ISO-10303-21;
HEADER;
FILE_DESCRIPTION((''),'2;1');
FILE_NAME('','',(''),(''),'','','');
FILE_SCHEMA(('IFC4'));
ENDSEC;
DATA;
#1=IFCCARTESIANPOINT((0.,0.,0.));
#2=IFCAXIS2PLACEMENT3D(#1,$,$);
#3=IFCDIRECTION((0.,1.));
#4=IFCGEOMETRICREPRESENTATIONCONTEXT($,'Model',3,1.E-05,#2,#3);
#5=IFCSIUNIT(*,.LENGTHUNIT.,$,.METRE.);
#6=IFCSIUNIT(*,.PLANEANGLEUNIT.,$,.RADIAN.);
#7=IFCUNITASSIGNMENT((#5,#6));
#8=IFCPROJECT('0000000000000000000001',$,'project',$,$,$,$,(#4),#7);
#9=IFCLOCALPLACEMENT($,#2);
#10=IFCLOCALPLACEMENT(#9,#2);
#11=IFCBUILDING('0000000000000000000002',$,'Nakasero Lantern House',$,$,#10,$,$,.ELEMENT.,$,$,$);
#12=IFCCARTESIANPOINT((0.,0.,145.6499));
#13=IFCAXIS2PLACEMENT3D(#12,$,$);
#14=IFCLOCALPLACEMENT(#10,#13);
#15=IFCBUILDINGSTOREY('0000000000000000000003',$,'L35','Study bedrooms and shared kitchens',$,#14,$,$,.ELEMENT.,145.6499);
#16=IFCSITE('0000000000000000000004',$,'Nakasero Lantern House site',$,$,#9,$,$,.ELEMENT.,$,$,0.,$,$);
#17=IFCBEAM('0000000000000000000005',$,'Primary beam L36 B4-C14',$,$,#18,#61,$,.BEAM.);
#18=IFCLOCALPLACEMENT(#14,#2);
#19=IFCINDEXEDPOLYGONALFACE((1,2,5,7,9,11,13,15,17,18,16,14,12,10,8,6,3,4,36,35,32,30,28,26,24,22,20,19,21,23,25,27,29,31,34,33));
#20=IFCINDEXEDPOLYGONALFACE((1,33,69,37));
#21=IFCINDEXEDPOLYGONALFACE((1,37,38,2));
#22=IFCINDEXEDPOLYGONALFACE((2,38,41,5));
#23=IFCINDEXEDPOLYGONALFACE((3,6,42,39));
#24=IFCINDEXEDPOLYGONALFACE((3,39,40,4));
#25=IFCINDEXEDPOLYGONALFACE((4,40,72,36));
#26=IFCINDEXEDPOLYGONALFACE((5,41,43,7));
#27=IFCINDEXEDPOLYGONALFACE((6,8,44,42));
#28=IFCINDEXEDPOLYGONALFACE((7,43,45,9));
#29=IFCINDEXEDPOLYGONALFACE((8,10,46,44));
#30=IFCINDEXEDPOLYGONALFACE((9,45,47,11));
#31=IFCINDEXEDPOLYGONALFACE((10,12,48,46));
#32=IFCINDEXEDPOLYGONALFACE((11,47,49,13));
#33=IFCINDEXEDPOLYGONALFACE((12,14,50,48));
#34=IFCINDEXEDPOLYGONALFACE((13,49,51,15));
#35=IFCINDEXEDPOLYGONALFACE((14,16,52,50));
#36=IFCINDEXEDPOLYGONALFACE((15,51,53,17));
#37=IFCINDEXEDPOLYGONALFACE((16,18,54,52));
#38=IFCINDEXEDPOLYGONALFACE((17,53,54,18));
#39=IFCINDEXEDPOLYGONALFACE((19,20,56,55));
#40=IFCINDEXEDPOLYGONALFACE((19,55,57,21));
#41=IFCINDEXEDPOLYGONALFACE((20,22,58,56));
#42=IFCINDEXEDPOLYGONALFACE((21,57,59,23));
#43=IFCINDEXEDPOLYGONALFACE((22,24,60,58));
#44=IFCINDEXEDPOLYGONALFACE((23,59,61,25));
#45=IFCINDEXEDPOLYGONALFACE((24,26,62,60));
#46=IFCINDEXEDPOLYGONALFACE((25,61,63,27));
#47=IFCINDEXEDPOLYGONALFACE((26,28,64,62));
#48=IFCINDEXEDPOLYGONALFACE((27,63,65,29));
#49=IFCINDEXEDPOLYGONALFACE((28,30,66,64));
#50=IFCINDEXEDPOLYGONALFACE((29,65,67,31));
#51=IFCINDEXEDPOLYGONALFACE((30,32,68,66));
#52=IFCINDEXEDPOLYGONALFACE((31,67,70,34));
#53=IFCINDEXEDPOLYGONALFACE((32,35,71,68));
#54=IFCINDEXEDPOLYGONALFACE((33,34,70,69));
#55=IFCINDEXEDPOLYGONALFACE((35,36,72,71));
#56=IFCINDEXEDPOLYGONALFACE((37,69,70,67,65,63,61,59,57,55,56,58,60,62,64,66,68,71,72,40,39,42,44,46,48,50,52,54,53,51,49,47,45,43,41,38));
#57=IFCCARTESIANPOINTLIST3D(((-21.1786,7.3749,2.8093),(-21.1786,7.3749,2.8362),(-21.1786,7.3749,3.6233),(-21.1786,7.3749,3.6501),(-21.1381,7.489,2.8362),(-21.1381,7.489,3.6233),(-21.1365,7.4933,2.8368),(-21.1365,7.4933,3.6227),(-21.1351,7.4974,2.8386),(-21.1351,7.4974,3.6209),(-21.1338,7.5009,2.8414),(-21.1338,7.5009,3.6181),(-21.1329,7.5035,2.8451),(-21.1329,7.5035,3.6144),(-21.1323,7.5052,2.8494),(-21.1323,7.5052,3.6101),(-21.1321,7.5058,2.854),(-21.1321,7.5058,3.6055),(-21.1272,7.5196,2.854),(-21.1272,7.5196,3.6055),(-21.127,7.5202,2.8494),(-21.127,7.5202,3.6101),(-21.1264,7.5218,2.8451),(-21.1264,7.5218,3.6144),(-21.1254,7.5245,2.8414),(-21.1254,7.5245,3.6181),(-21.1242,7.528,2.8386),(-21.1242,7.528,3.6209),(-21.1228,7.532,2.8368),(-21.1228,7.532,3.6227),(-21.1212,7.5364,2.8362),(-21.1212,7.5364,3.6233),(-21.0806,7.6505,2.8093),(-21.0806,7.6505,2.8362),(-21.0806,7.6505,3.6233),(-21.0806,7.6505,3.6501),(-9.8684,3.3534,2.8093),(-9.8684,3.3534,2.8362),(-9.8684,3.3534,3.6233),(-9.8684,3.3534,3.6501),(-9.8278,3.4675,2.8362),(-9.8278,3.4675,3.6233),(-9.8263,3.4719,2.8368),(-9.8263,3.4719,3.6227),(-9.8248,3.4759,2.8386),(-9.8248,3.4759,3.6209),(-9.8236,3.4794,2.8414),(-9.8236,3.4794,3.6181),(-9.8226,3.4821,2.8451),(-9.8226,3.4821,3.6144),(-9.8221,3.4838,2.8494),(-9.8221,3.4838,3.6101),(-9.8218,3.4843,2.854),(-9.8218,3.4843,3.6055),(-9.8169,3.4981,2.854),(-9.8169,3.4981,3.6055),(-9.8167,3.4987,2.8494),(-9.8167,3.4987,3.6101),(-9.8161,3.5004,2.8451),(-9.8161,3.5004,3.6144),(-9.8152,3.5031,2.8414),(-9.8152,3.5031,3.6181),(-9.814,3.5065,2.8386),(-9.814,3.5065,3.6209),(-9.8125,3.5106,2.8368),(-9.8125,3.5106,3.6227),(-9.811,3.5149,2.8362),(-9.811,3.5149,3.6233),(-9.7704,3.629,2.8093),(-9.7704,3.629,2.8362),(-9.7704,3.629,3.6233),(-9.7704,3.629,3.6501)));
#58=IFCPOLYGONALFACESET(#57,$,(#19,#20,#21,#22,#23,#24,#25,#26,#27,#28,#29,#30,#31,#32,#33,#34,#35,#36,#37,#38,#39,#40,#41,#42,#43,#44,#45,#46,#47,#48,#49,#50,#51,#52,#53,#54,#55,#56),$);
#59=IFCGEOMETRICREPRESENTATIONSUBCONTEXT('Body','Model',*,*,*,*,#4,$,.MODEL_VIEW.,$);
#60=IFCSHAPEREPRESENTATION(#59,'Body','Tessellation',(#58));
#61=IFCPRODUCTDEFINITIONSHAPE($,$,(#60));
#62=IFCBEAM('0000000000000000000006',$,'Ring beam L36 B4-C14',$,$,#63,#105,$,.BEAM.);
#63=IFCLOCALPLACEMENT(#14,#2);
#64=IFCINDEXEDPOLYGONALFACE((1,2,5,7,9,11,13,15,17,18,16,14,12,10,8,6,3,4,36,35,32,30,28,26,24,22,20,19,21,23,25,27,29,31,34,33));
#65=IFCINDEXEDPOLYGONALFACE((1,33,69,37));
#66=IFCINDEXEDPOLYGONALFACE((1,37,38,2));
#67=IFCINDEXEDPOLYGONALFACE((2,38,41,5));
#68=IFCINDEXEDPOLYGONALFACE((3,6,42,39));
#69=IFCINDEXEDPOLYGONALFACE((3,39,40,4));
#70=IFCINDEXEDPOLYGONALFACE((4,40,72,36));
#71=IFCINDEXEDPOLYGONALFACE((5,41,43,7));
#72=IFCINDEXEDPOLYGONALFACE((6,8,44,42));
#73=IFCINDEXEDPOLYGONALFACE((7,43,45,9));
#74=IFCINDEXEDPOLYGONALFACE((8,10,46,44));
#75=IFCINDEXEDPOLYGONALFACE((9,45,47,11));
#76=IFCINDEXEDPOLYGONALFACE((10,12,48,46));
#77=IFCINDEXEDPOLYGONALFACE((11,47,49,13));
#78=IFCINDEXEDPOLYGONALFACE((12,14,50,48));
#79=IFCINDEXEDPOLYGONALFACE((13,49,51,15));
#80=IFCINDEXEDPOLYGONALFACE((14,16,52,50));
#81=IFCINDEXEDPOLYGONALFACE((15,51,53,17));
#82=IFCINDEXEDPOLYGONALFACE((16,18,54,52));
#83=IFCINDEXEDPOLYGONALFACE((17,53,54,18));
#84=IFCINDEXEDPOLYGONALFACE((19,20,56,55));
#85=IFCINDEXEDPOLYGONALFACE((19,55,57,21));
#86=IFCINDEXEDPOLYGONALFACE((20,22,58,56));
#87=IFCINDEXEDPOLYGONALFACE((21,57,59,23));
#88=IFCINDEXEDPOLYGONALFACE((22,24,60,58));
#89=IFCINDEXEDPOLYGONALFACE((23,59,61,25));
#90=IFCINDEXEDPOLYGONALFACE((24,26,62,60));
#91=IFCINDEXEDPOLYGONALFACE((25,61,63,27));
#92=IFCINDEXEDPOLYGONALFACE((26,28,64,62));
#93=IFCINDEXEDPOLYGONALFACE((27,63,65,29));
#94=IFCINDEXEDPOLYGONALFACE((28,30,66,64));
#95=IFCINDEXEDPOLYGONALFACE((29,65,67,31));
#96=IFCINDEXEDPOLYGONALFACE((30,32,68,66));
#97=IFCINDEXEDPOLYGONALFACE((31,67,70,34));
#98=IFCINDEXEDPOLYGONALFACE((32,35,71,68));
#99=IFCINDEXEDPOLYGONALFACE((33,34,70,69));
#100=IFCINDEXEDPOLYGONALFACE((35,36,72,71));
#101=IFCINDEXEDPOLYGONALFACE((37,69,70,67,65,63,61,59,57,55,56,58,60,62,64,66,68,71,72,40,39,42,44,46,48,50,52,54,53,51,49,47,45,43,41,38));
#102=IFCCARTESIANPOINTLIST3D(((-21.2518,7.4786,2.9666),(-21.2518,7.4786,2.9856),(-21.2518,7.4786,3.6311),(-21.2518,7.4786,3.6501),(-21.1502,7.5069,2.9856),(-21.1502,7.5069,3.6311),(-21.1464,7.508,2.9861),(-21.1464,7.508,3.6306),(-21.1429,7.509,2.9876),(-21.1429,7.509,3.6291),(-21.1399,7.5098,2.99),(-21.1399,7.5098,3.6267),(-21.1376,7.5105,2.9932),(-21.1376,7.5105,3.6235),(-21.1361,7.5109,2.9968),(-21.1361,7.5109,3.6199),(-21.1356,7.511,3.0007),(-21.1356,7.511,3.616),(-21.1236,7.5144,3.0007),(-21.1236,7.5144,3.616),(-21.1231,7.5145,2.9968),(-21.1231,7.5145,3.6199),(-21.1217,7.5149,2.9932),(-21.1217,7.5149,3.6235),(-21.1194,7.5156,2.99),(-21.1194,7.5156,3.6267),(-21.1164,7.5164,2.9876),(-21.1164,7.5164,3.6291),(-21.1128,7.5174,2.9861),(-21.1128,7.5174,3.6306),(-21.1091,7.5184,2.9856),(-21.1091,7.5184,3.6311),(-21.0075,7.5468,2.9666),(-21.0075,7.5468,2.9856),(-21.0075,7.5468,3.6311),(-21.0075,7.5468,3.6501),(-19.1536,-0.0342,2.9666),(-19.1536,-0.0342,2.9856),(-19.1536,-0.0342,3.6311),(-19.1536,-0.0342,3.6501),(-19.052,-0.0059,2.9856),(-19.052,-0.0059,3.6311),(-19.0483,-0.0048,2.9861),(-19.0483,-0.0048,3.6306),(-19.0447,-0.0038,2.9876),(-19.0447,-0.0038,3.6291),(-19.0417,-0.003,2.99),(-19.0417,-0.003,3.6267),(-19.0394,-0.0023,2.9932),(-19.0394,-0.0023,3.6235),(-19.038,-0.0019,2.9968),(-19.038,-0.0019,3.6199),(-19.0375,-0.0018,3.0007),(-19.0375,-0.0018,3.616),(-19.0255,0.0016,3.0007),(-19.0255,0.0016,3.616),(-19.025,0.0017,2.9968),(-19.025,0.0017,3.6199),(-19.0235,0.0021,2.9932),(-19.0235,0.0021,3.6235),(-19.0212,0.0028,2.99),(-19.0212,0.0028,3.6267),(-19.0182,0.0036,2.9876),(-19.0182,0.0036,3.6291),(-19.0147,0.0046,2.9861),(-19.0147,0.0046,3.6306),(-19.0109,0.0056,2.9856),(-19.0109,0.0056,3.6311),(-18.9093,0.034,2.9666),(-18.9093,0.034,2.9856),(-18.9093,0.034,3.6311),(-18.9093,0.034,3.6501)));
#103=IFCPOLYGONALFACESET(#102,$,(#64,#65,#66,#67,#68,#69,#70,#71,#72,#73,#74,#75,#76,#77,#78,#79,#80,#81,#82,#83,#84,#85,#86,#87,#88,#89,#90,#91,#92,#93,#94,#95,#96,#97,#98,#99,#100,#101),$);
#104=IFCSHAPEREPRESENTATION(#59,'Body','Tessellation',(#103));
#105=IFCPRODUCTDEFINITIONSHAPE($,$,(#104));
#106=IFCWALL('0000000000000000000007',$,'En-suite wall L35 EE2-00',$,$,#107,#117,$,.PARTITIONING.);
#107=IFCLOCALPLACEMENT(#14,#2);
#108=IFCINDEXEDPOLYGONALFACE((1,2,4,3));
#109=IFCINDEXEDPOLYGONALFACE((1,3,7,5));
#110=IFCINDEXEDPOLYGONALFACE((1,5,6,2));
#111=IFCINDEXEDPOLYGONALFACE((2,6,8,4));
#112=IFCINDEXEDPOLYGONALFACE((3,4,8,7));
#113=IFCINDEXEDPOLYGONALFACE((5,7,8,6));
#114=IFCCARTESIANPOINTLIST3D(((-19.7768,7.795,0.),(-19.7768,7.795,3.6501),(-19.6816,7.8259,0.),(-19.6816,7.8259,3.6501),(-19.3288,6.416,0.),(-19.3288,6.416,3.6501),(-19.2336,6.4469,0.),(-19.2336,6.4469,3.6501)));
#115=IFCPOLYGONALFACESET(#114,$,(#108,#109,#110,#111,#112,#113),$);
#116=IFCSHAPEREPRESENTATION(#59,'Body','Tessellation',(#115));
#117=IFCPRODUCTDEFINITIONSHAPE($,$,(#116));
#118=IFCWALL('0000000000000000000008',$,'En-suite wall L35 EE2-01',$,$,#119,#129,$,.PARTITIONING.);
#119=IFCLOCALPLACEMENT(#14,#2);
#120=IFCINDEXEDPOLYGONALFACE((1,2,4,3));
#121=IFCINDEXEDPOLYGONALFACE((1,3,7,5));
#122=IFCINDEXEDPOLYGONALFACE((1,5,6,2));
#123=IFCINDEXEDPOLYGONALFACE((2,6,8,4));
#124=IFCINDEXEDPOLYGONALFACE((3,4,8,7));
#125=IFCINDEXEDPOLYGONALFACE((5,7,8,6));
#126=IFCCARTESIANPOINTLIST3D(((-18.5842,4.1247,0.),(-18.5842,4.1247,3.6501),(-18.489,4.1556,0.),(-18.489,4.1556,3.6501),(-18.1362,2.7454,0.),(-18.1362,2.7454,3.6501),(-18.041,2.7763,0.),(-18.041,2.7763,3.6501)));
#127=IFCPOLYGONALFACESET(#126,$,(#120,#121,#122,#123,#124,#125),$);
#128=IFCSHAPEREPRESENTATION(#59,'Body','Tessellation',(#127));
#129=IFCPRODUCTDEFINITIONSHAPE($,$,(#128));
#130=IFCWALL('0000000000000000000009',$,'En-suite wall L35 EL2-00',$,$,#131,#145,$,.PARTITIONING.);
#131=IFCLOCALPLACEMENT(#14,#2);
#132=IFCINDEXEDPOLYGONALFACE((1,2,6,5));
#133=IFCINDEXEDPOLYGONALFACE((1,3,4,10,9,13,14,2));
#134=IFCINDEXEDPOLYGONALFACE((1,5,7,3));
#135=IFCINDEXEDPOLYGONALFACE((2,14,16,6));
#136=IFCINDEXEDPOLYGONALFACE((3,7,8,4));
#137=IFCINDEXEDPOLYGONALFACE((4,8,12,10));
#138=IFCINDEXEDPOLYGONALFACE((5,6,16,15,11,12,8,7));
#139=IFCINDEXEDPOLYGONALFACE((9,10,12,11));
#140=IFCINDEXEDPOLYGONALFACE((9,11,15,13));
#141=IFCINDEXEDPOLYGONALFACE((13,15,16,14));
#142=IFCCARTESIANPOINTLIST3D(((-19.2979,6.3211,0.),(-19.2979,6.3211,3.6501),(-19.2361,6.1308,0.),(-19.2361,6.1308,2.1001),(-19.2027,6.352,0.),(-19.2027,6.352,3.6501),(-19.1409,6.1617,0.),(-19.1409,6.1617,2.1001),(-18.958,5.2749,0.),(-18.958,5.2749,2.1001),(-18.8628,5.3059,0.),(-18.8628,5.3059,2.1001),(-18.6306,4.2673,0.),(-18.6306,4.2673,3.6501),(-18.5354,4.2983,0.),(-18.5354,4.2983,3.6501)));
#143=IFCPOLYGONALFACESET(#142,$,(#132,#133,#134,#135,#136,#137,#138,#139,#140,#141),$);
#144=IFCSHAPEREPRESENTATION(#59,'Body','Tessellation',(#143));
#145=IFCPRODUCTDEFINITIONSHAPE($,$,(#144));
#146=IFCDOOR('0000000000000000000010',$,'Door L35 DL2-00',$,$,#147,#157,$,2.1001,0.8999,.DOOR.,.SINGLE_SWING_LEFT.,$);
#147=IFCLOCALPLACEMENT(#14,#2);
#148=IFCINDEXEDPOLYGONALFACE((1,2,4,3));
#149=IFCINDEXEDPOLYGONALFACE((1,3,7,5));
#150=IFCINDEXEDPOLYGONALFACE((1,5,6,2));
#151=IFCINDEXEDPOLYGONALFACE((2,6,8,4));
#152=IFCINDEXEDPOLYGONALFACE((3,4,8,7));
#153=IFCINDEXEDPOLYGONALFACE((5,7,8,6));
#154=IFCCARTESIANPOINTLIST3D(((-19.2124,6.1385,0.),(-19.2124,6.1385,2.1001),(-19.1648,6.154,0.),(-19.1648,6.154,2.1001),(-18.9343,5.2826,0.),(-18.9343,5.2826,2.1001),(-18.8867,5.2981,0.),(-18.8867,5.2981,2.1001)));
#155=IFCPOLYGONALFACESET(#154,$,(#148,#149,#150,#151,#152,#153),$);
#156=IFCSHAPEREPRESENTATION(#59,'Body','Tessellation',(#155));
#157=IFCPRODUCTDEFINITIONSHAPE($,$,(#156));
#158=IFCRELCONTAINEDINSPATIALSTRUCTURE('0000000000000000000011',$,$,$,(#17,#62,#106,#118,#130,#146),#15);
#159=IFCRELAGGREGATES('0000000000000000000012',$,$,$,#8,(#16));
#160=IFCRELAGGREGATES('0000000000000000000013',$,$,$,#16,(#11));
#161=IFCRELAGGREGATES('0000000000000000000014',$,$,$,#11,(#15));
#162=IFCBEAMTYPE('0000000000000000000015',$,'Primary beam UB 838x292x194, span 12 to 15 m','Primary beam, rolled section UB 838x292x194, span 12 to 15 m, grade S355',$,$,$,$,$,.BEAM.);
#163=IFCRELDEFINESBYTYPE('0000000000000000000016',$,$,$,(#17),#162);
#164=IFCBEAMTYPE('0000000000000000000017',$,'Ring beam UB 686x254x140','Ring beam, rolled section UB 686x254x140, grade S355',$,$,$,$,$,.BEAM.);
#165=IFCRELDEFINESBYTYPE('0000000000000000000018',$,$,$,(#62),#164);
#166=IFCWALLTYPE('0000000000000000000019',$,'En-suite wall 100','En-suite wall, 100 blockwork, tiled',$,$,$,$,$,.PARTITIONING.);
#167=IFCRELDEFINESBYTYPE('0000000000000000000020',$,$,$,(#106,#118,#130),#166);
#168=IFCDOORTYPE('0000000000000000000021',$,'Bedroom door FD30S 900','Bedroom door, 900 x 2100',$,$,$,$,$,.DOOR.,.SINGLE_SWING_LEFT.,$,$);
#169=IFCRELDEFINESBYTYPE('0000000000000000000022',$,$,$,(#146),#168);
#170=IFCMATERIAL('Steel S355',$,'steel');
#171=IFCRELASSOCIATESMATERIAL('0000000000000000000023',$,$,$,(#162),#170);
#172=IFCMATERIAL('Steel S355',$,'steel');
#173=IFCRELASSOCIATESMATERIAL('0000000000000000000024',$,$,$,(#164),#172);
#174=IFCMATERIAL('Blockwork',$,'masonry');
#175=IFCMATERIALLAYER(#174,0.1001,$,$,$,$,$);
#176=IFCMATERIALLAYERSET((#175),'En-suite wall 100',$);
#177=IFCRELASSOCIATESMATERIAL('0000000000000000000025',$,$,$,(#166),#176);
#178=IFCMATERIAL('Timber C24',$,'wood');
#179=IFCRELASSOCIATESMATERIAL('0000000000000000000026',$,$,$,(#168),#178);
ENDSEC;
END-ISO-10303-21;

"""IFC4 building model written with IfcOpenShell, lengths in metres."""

from ifc_helpers import new_model, si_unit, direction, frame, frame_2d, origin, origin_2d, place, context, subcontext, project, spatial, rectangle, i_section, extrude, material, layer, layer_set, material_profile, profile_set, type_object, element, fill, save


model = new_model("IFC4")

# Units and contexts
model_context = context("Model", 3, precision=1e-05, world=origin(), true_north=direction((0.0, 1.0)))
body_context = subcontext(model_context, "Body", "Model", "MODEL_VIEW")
ifc_project = project(units=[si_unit("LENGTHUNIT", "METRE"), si_unit("PLANEANGLEUNIT", "RADIAN")], contexts=[model_context])

# Site, building, storey
site_placement = place(None, origin())
site = spatial("IfcSite", under=ifc_project, at=site_placement, Name="Nakasero Lantern House site", CompositionType="ELEMENT", RefElevation=0.0)
building_placement = place(site_placement, origin())
building = spatial("IfcBuilding", under=site, at=building_placement, Name="Nakasero Lantern House", CompositionType="ELEMENT")
storey_placement = place(building_placement, frame((0.0, 0.0, 145.6499)))
storey = spatial("IfcBuildingStorey", under=building, at=storey_placement, Name="L35", Description="Study bedrooms and shared kitchens", CompositionType="ELEMENT", Elevation=145.6499)

# Beams
ifc_material_1 = material(Name="Steel S355", Category="steel")
ifc_material_profile_1 = material_profile(ifc_material_1, i_section(OverallWidth=0.2925, OverallDepth=0.8408, WebThickness=0.0146, FlangeThickness=0.0269, FilletRadius=0.0178, at=origin_2d()), Name="UB 838x292x194")
ifc_profile_set_1 = profile_set([ifc_material_profile_1], Name="Steel S355")
beam_type_1 = type_object("IfcBeamType", Name="Primary beam UB 838x292x194, span 12 to 15 m", Description="Primary beam, rolled section UB 838x292x194, span 12 to 15 m, grade S355", PredefinedType="BEAM", material=ifc_profile_set_1)
beam_1_placement = place(storey_placement, frame((-21.1296, 7.5127, 3.2297), z_axis=(0.942214, -0.335013, 0.0), x_axis=(0.335013, 0.942214, 0.0)))
element("IfcBeam", 1, at=beam_1_placement, inside=storey, type_object=beam_type_1, Name="Primary beam L36 B4-C14", PredefinedType="BEAM", context=body_context, shape_type="SweptSolid", body=[
    extrude(i_section(OverallWidth=0.2925, OverallDepth=0.8408, WebThickness=0.0146, FlangeThickness=0.0269, FilletRadius=0.0178, at=origin_2d()), origin(), (0.0, 0.0, 1.0), 12.0039),
])
ifc_material_2 = material(Name="Steel S355", Category="steel")
ifc_material_profile_2 = material_profile(ifc_material_2, i_section(OverallWidth=0.2537, OverallDepth=0.6836, WebThickness=0.0125, FlangeThickness=0.019, FilletRadius=0.0151, at=origin_2d()), Name="UB 686x254x140")
ifc_profile_set_2 = profile_set([ifc_material_profile_2], Name="Steel S355")
beam_type_2 = type_object("IfcBeamType", Name="Ring beam UB 686x254x140", Description="Ring beam, rolled section UB 686x254x140, grade S355", PredefinedType="BEAM", material=ifc_profile_set_2)
beam_2_placement = place(storey_placement, frame((-21.1296, 7.5127, 3.3083), z_axis=(0.268987, -0.963144, 0.0), x_axis=(0.963144, 0.268987, 0.0)))
element("IfcBeam", 2, at=beam_2_placement, inside=storey, type_object=beam_type_2, Name="Ring beam L36 B4-C14", PredefinedType="BEAM", context=body_context, shape_type="SweptSolid", body=[
    extrude(i_section(OverallWidth=0.2537, OverallDepth=0.6836, WebThickness=0.0125, FlangeThickness=0.019, FilletRadius=0.0151, at=origin_2d()), origin(), (0.0, 0.0, 1.0), 7.8003),
])

# Walls
ifc_material_3 = material(Name="Blockwork", Category="masonry")
ifc_layer_1 = layer(ifc_material_3, 0.1001)
ifc_layer_set_1 = layer_set([ifc_layer_1], Name="En-suite wall 100")
wall_type_1 = type_object("IfcWallType", Name="En-suite wall 100", Description="En-suite wall, 100 blockwork, tiled", PredefinedType="PARTITIONING", material=ifc_layer_set_1)
wall_1_placement = place(storey_placement, frame((-19.7292, 7.8105, 0.0), z_axis=(0.0, 0.0, 1.0), x_axis=(0.308995, -0.951064, 0.0)))
element("IfcWall", 3, at=wall_1_placement, inside=storey, type_object=wall_type_1, Name="En-suite wall L35 EE2-00", PredefinedType="PARTITIONING", context=body_context, shape_type="SweptSolid", body=[
    extrude(rectangle(XDim=1.45, YDim=0.1001, at=frame_2d((0.7251, 0.0))), origin(), (0.0, 0.0, 1.0), 3.6501),
])
wall_2_placement = place(storey_placement, frame((-18.5366, 4.1401, 0.0), z_axis=(0.0, 0.0, 1.0), x_axis=(0.308945, -0.95108, 0.0)))
element("IfcWall", 4, at=wall_2_placement, inside=storey, type_object=wall_type_1, Name="En-suite wall L35 EE2-01", PredefinedType="PARTITIONING", context=body_context, shape_type="SweptSolid", body=[
    extrude(rectangle(XDim=1.4502, YDim=0.1001, at=frame_2d((0.7251, 0.0))), origin(), (0.0, 0.0, 1.0), 3.6501),
])

# Wall, opening, door
wall_3_placement = place(storey_placement, frame((-19.2502, 6.3364, 0.0), z_axis=(0.0, 0.0, 1.0), x_axis=(0.308994, -0.951064, 0.0)))
wall_3 = element("IfcWall", 5, at=wall_3_placement, inside=storey, type_object=wall_type_1, Name="En-suite wall L35 EL2-00", PredefinedType="PARTITIONING", context=body_context, shape_type="SweptSolid", body=[
    extrude(rectangle(XDim=2.1594, YDim=0.1001, at=frame_2d((1.0796, 0.0))), origin(), (0.0, 0.0, 1.0), 3.6501),
])
opening_1_placement = place(wall_3_placement, frame((0.2, 0.0, 0.0)))
opening_1 = element("IfcOpeningElement", 6, at=opening_1_placement, cuts=wall_3, PredefinedType="OPENING", context=body_context, shape_type="SweptSolid", body=[
    extrude(rectangle(XDim=0.8999, YDim=2.1001, at=frame_2d((0.45, 1.05))), frame((0.0, 0.0701, 0.0), z_axis=(0.0, -1.0, 0.0), x_axis=(1.0, 0.0, 0.0)), (0.0, 0.0, 1.0), 0.1401),
])
ifc_material_4 = material(Name="Timber C24", Category="wood")
door_type_1 = type_object("IfcDoorType", Name="Bedroom door FD30S 900", Description="Bedroom door, 900 x 2100", OperationType="SINGLE_SWING_LEFT", PredefinedType="DOOR", material=ifc_material_4)
door_1_placement = place(opening_1_placement, origin())
door_1 = element("IfcDoor", 7, at=door_1_placement, inside=storey, type_object=door_type_1, Name="Door L35 DL2-00", OperationType="SINGLE_SWING_LEFT", OverallHeight=2.1001, OverallWidth=0.8999, PredefinedType="DOOR", context=body_context, shape_type="SweptSolid", body=[
    extrude(rectangle(XDim=0.8999, YDim=2.1001, at=frame_2d((0.45, 1.05))), frame((0.0, 0.0249, 0.0), z_axis=(0.0, -1.0, 0.0), x_axis=(1.0, 0.0, 0.0)), (0.0, 0.0, 1.0), 0.05),
])
fill(opening_1, door_1)

save(model, "model.ifc")
